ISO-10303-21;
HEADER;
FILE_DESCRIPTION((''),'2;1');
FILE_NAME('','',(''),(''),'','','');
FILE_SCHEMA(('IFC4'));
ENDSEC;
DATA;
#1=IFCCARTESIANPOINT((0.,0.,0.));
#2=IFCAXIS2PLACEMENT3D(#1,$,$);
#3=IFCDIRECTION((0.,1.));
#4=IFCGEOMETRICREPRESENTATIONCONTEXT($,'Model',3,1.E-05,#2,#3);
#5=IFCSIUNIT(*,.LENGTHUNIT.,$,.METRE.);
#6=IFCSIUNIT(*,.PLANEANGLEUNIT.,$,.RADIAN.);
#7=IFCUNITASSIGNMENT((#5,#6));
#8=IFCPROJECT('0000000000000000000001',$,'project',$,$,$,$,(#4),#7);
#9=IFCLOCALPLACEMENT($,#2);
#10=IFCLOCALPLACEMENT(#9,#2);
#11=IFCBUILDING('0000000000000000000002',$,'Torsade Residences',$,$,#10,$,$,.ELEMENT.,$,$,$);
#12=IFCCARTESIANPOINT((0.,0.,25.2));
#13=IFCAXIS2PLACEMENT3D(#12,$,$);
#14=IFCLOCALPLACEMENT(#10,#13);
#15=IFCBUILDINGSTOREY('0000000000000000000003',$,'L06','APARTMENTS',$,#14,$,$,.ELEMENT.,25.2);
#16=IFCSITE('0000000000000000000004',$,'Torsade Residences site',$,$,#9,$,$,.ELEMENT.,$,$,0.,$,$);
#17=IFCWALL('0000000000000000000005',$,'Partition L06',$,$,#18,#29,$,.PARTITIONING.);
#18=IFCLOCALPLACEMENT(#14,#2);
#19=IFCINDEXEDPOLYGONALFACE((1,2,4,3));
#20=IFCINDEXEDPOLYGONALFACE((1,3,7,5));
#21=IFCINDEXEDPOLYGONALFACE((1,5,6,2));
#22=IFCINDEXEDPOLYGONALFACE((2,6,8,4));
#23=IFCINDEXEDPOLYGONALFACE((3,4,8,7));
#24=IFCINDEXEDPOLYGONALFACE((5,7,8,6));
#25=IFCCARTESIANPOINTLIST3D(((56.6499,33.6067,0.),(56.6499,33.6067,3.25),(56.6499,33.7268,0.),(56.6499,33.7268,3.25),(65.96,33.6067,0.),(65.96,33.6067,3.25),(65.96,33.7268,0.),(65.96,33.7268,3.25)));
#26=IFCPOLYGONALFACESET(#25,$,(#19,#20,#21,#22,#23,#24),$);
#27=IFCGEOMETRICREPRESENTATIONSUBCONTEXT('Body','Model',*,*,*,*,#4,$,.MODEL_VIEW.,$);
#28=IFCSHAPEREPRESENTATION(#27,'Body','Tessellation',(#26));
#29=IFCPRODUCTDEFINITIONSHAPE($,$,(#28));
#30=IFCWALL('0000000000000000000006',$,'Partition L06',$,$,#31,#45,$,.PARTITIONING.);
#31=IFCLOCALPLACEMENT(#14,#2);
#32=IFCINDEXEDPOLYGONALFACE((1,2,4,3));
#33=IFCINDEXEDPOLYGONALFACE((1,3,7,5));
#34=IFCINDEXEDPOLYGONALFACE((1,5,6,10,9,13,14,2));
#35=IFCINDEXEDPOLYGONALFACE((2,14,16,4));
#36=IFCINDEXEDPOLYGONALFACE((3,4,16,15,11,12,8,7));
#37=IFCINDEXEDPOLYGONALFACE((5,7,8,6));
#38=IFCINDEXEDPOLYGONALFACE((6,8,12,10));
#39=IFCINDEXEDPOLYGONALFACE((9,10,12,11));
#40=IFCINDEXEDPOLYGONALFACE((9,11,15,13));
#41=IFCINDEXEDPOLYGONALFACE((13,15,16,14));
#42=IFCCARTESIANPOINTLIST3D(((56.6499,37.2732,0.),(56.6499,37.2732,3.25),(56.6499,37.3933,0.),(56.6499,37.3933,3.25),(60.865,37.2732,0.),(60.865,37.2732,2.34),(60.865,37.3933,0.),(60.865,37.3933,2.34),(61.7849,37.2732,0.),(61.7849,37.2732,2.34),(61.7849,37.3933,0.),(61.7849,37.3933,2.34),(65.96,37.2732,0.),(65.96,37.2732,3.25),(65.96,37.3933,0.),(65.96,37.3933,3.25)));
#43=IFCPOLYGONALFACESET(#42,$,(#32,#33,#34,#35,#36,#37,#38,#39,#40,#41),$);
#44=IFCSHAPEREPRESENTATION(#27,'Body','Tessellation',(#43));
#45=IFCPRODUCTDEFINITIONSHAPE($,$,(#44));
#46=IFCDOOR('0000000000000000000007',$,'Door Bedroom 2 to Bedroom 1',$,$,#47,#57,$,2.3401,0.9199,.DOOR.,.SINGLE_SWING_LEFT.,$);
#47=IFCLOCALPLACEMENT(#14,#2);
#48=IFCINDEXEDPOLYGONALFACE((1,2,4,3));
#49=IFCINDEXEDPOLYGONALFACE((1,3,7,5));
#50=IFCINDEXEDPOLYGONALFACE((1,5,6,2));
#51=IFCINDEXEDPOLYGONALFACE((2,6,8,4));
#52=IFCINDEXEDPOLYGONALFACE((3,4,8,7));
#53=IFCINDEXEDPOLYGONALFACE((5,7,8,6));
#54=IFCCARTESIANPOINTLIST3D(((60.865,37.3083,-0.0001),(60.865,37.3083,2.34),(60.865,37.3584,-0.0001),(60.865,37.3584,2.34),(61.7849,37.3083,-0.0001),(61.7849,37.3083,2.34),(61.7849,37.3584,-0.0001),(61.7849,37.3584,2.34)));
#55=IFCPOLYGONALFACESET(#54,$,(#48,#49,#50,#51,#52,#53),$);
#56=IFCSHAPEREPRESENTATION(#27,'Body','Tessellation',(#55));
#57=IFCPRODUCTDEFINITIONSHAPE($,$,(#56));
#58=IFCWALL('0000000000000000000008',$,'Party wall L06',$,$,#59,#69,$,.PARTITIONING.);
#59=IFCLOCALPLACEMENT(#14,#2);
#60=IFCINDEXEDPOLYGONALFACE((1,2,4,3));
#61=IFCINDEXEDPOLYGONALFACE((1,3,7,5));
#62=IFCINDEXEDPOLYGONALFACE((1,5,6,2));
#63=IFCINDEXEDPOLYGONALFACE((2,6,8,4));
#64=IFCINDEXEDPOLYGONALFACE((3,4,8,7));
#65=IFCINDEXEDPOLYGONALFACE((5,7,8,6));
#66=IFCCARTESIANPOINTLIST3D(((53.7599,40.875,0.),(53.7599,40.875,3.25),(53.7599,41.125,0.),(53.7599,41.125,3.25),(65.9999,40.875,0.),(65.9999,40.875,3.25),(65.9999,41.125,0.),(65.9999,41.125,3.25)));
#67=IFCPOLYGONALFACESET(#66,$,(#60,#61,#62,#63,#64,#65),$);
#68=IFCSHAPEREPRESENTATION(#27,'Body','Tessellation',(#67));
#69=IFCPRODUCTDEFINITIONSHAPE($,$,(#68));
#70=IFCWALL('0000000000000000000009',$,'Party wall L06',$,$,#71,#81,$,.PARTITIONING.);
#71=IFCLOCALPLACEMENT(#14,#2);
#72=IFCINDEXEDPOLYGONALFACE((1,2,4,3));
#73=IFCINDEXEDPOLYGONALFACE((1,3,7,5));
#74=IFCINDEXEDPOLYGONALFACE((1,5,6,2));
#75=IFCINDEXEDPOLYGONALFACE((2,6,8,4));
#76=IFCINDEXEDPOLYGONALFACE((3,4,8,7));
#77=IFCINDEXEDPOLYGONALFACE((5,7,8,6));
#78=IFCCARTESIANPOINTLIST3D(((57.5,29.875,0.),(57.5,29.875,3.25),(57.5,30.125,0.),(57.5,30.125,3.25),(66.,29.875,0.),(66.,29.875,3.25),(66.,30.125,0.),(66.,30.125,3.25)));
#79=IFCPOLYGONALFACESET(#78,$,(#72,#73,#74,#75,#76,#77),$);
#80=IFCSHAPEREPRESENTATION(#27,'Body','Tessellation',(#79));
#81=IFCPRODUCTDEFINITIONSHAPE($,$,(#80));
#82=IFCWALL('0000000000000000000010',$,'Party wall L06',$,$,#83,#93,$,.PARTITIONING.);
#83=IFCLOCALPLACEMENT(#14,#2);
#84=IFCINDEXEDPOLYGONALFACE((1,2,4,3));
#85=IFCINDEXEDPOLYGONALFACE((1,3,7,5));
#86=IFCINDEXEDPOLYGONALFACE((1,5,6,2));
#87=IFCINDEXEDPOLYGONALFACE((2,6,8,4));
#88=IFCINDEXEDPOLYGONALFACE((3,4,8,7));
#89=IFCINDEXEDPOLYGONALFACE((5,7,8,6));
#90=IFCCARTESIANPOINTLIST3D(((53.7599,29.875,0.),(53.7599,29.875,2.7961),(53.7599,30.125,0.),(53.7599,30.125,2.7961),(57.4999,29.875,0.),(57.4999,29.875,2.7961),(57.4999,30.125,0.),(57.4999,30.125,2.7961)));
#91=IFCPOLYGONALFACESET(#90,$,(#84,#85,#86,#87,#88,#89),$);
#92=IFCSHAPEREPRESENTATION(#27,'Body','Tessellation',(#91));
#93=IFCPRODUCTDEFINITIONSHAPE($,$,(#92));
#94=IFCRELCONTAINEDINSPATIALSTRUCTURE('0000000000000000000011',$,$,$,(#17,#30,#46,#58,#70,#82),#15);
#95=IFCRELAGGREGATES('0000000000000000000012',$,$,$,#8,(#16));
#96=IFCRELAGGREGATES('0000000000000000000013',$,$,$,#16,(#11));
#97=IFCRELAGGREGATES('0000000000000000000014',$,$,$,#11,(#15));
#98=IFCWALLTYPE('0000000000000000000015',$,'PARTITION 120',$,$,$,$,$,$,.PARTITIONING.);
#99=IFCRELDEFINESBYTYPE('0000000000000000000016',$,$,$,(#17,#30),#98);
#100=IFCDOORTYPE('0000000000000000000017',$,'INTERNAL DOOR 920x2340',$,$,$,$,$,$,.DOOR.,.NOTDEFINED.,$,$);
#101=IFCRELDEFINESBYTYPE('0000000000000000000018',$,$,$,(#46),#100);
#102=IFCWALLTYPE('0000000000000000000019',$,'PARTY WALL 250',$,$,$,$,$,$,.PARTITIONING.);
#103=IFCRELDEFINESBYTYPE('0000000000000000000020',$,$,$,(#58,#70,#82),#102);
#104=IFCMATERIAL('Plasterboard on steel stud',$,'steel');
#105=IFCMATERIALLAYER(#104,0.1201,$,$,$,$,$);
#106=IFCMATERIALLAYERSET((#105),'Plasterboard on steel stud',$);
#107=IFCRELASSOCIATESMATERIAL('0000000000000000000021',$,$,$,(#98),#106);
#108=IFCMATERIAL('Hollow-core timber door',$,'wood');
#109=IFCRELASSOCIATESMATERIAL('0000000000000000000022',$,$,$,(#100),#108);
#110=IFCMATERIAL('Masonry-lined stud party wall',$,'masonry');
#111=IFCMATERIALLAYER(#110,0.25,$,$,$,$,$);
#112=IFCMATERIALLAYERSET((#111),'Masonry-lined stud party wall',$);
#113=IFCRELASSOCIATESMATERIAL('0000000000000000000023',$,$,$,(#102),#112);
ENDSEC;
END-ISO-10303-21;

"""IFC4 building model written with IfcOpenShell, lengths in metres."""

from ifc_helpers import new_model, si_unit, direction, frame, frame_2d, origin, place, context, subcontext, project, spatial, rectangle, extrude, material, layer, layer_set, type_object, element, fill, save


model = new_model("IFC4")

# Units and contexts
model_context = context("Model", 3, precision=1e-05, world=origin(), true_north=direction((0.0, 1.0)))
body_context = subcontext(model_context, "Body", "Model", "MODEL_VIEW")
ifc_project = project(units=[si_unit("LENGTHUNIT", "METRE"), si_unit("PLANEANGLEUNIT", "RADIAN")], contexts=[model_context])

# Site, building, storey
site_placement = place(None, origin())
site = spatial("IfcSite", under=ifc_project, at=site_placement, Name="Torsade Residences site", CompositionType="ELEMENT", RefElevation=0.0)
building_placement = place(site_placement, origin())
building = spatial("IfcBuilding", under=site, at=building_placement, Name="Torsade Residences", CompositionType="ELEMENT")
storey_placement = place(building_placement, frame((0.0, 0.0, 25.2)))
storey = spatial("IfcBuildingStorey", under=building, at=storey_placement, Name="L06", Description="APARTMENTS", CompositionType="ELEMENT", Elevation=25.2)

# Shared definitions
ifc_material_1 = material(Name="Plasterboard on steel stud", Category="steel")
ifc_layer_1 = layer(ifc_material_1, 0.1201)
ifc_layer_set_1 = layer_set([ifc_layer_1], Name="Plasterboard on steel stud")
wall_type_1 = type_object("IfcWallType", Name="PARTITION 120", PredefinedType="PARTITIONING", material=ifc_layer_set_1)
ifc_material_2 = material(Name="Hollow-core timber door", Category="wood")
door_type_1 = type_object("IfcDoorType", Name="INTERNAL DOOR 920x2340", OperationType="NOTDEFINED", PredefinedType="DOOR", material=ifc_material_2)

# Wall
wall_1_placement = place(storey_placement, frame((56.6499, 33.6667, 0.0), z_axis=(0.0, 0.0, 1.0), x_axis=(1.0, 0.0, 0.0)))
element("IfcWall", 1, at=wall_1_placement, inside=storey, type_object=wall_type_1, Name="Partition L06", PredefinedType="PARTITIONING", context=body_context, shape_type="SweptSolid", body=[
    extrude(rectangle(XDim=9.3101, YDim=0.1201, at=frame_2d((4.655, 0.0))), origin(), (0.0, 0.0, 1.0), 3.25),
])

# Wall, opening, door
wall_2_placement = place(storey_placement, frame((65.96, 37.3333, 0.0), z_axis=(0.0, 0.0, 1.0), x_axis=(-1.0, 0.0, 0.0)))
wall_2 = element("IfcWall", 2, at=wall_2_placement, inside=storey, type_object=wall_type_1, Name="Partition L06", PredefinedType="PARTITIONING", context=body_context, shape_type="SweptSolid", body=[
    extrude(rectangle(XDim=9.3101, YDim=0.1201, at=frame_2d((4.655, 0.0))), origin(), (0.0, 0.0, 1.0), 3.25),
])
opening_1_placement = place(wall_2_placement, frame((4.175, 0.0, 0.0)))
opening_1 = element("IfcOpeningElement", 3, at=opening_1_placement, cuts=wall_2, PredefinedType="OPENING", context=body_context, shape_type="SweptSolid", body=[
    extrude(rectangle(XDim=0.9199, YDim=2.3401, at=frame_2d((0.46, 1.1699))), frame((0.0, 0.0701, 0.0), z_axis=(0.0, -1.0, 0.0), x_axis=(1.0, 0.0, 0.0)), (0.0, 0.0, 1.0), 0.1401),
])
door_1_placement = place(opening_1_placement, origin())
door_1 = element("IfcDoor", 4, at=door_1_placement, inside=storey, type_object=door_type_1, Name="Door Bedroom 2 to Bedroom 1", OperationType="SINGLE_SWING_LEFT", OverallHeight=2.3401, OverallWidth=0.9199, PredefinedType="DOOR", context=body_context, shape_type="SweptSolid", body=[
    extrude(rectangle(XDim=0.9199, YDim=2.3401, at=frame_2d((0.46, 1.1699))), frame((0.0, 0.0249, 0.0), z_axis=(0.0, -1.0, 0.0), x_axis=(1.0, 0.0, 0.0)), (0.0, 0.0, 1.0), 0.05),
])
fill(opening_1, door_1)

# Walls
ifc_material_3 = material(Name="Masonry-lined stud party wall", Category="masonry")
ifc_layer_2 = layer(ifc_material_3, 0.25)
ifc_layer_set_2 = layer_set([ifc_layer_2], Name="Masonry-lined stud party wall")
wall_type_2 = type_object("IfcWallType", Name="PARTY WALL 250", PredefinedType="PARTITIONING", material=ifc_layer_set_2)
wall_3_placement = place(storey_placement, frame((66.0, 41.0, 0.0), z_axis=(0.0, 0.0, 1.0), x_axis=(-1.0, 0.0, 0.0)))
element("IfcWall", 5, at=wall_3_placement, inside=storey, type_object=wall_type_2, Name="Party wall L06", PredefinedType="PARTITIONING", context=body_context, shape_type="SweptSolid", body=[
    extrude(rectangle(XDim=12.24, YDim=0.25, at=frame_2d((6.1201, 0.0))), origin(), (0.0, 0.0, 1.0), 3.25),
])
wall_4_placement = place(storey_placement, frame((66.0, 30.0, 0.0), z_axis=(0.0, 0.0, 1.0), x_axis=(-1.0, 0.0, 0.0)))
element("IfcWall", 6, at=wall_4_placement, inside=storey, type_object=wall_type_2, Name="Party wall L06", PredefinedType="PARTITIONING", context=body_context, shape_type="SweptSolid", body=[
    extrude(rectangle(XDim=8.5, YDim=0.25, at=frame_2d((4.25, 0.0))), origin(), (0.0, 0.0, 1.0), 3.25),
])
wall_5_placement = place(storey_placement, frame((57.5, 30.0, 0.0), z_axis=(0.0, 0.0, 1.0), x_axis=(-1.0, 0.0, 0.0)))
element("IfcWall", 7, at=wall_5_placement, inside=storey, type_object=wall_type_2, Name="Party wall L06", PredefinedType="PARTITIONING", context=body_context, shape_type="SweptSolid", body=[
    extrude(rectangle(XDim=3.74, YDim=0.25, at=frame_2d((1.8701, 0.0))), origin(), (0.0, 0.0, 1.0), 2.7961),
])

save(model, "model.ifc")
